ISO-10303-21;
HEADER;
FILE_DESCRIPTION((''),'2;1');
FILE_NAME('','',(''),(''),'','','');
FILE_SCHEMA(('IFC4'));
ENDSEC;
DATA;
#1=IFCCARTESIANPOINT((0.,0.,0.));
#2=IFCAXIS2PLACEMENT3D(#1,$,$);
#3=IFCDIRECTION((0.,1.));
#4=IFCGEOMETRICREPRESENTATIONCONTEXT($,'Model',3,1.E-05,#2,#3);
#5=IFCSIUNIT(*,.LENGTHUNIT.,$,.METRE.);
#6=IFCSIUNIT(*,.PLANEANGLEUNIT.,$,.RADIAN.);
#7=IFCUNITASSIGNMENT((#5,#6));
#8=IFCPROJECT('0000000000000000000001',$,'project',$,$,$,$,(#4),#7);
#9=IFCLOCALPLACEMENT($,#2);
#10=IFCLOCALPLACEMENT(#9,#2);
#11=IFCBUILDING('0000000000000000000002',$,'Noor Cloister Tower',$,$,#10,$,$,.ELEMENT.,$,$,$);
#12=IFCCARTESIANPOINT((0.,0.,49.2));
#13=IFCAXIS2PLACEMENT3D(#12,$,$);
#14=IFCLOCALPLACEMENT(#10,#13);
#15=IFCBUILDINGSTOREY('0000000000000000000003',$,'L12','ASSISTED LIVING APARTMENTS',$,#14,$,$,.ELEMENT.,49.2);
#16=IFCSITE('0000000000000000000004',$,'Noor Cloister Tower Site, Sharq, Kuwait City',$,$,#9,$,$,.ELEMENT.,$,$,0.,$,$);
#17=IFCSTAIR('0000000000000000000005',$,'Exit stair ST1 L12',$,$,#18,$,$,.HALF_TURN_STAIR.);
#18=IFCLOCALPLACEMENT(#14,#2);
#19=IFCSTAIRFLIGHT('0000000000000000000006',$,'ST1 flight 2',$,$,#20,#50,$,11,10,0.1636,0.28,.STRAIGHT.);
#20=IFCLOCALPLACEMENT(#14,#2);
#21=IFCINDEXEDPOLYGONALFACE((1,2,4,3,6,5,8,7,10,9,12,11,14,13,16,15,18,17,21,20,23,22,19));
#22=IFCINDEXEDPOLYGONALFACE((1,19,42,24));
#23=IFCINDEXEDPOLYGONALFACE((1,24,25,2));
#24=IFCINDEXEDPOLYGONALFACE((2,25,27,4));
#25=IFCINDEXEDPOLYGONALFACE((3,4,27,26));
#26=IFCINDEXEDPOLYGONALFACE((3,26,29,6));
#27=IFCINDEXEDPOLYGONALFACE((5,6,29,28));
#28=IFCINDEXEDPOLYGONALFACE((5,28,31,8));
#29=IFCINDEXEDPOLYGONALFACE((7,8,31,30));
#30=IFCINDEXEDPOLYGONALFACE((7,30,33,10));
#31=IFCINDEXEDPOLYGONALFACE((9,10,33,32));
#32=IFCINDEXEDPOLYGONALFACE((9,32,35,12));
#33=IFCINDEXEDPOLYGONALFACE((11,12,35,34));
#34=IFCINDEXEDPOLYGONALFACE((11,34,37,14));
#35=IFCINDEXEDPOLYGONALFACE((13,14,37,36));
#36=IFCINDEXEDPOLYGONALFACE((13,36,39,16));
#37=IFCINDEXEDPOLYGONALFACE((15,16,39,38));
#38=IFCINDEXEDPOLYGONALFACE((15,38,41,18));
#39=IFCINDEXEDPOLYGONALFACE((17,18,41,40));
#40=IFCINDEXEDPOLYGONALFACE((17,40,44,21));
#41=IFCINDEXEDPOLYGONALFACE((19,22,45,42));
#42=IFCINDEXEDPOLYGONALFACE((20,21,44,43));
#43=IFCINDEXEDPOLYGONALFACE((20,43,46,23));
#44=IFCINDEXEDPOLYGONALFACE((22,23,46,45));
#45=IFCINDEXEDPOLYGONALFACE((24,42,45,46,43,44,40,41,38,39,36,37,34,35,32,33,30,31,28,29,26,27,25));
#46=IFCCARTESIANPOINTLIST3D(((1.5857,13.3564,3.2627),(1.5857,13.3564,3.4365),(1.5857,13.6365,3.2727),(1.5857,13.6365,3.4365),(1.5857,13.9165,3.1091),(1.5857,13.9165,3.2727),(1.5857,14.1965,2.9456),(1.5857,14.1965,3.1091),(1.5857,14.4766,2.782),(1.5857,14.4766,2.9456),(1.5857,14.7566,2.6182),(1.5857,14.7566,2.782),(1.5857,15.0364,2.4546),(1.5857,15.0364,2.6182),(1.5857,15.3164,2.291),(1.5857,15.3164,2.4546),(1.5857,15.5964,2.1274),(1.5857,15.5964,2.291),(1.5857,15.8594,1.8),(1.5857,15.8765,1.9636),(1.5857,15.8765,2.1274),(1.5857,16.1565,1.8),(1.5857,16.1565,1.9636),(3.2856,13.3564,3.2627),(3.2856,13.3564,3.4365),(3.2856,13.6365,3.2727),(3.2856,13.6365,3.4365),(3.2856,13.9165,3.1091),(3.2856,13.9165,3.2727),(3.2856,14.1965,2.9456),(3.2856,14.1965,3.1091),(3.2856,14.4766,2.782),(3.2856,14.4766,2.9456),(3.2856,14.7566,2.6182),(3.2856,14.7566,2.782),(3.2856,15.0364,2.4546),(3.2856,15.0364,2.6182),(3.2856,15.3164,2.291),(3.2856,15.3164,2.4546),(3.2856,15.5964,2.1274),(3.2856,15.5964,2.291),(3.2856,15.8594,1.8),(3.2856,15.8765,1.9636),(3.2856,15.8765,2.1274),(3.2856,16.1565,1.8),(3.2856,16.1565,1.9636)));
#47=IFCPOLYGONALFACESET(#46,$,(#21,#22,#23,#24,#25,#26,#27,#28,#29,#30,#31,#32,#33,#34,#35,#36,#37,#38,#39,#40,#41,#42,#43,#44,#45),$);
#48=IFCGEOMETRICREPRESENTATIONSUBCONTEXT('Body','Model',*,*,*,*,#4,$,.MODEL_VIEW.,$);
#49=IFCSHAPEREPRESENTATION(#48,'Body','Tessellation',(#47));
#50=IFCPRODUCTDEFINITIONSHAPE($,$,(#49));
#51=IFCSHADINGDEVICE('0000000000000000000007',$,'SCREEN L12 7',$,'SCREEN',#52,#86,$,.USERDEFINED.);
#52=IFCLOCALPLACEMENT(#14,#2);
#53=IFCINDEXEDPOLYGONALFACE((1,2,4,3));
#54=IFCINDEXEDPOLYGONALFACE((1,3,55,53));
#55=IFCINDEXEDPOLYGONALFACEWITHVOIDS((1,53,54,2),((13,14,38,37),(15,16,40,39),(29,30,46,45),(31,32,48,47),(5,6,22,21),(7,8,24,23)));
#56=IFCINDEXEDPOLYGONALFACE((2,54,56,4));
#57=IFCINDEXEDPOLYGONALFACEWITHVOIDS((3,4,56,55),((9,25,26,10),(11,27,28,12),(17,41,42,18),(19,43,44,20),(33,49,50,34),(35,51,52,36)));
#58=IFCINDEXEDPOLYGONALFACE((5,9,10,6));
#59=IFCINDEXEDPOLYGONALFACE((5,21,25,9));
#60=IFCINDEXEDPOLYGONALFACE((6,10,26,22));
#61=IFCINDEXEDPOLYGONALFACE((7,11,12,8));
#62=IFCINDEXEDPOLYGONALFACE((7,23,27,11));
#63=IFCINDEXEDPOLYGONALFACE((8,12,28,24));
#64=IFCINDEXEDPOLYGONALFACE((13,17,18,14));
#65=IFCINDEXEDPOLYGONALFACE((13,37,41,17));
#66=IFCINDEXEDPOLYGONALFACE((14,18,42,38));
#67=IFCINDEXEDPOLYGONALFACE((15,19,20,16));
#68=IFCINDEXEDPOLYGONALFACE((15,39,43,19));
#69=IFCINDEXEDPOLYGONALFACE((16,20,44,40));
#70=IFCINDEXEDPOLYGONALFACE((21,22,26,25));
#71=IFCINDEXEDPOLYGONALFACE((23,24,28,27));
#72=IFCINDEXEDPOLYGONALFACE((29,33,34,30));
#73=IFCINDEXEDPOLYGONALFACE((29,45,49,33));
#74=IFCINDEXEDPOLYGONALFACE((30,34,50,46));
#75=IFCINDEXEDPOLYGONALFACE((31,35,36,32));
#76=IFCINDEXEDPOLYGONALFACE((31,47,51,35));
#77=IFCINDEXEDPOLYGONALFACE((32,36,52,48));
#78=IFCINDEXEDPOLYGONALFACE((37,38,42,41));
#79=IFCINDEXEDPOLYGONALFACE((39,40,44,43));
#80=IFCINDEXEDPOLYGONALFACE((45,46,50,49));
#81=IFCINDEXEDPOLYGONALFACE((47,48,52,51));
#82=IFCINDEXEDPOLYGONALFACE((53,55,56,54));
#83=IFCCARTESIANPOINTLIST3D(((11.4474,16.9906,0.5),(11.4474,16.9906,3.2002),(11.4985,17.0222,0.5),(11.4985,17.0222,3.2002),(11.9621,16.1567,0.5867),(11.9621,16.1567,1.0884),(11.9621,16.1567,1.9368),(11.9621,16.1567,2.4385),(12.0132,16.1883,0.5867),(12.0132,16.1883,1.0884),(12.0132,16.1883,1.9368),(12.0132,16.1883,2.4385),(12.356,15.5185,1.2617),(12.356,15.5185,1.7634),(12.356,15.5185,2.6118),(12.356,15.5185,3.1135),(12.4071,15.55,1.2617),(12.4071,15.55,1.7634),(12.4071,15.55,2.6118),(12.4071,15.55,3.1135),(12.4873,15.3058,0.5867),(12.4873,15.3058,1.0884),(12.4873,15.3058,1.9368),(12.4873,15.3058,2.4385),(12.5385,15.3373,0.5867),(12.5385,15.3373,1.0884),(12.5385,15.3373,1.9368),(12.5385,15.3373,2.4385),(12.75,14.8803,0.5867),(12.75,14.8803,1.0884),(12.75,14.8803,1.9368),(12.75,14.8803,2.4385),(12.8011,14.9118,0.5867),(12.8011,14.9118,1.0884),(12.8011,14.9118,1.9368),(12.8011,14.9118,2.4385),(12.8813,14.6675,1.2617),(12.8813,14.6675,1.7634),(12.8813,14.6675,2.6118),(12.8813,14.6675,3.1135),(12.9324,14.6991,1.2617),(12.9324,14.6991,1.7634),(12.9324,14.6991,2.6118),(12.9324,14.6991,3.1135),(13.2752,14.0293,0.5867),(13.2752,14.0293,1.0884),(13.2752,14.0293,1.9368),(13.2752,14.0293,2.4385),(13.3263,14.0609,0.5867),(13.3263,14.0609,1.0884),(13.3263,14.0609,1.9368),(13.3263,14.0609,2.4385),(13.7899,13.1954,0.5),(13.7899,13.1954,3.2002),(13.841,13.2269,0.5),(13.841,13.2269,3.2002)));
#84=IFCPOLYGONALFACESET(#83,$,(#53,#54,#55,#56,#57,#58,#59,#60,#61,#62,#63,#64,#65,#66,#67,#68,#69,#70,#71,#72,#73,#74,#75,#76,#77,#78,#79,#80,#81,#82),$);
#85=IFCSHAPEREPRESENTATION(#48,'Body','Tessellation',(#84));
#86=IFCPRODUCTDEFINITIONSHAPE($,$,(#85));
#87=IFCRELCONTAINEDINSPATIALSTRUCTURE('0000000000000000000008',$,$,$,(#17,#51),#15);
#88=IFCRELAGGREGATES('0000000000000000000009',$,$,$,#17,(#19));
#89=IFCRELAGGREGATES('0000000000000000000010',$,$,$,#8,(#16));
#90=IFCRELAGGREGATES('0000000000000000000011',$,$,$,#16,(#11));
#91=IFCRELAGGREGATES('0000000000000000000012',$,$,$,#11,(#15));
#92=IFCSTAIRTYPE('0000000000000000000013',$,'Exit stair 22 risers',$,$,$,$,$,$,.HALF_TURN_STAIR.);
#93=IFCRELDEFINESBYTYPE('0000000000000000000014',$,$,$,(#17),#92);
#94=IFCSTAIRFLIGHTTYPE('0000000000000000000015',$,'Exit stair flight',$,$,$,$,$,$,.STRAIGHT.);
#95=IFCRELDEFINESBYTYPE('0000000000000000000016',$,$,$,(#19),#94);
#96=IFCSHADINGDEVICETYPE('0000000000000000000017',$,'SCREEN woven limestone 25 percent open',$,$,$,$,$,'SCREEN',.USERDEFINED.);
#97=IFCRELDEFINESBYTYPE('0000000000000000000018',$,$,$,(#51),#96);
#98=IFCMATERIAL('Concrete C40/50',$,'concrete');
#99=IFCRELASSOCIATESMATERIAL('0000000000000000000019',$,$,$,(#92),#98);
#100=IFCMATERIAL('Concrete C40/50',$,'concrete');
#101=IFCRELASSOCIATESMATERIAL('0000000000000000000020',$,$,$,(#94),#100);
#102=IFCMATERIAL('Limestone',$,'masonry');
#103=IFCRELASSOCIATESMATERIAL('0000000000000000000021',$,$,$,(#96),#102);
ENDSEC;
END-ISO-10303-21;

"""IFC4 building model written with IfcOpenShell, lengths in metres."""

from ifc_helpers import new_model, si_unit, direction, frame, origin, place, context, subcontext, project, spatial, polyline, outline, extrude, material, material_profile, profile_set, type_object, element, aggregate, save


model = new_model("IFC4")

# Units and contexts
model_context = context("Model", 3, precision=1e-05, world=origin(), true_north=direction((0.0, 1.0)))
body_context = subcontext(model_context, "Body", "Model", "MODEL_VIEW")
ifc_project = project(units=[si_unit("LENGTHUNIT", "METRE"), si_unit("PLANEANGLEUNIT", "RADIAN")], contexts=[model_context])

# Site, building, storey
site_placement = place(None, origin())
site = spatial("IfcSite", under=ifc_project, at=site_placement, Name="Noor Cloister Tower Site, Sharq, Kuwait City", CompositionType="ELEMENT", RefElevation=0.0)
building_placement = place(site_placement, origin())
building = spatial("IfcBuilding", under=site, at=building_placement, Name="Noor Cloister Tower", CompositionType="ELEMENT")
storey_placement = place(building_placement, frame((0.0, 0.0, 49.2)))
storey = spatial("IfcBuildingStorey", under=building, at=storey_placement, Name="L12", Description="ASSISTED LIVING APARTMENTS", CompositionType="ELEMENT", Elevation=49.2)

# Stair, stair flight
ifc_material_1 = material(Name="Concrete C40/50", Category="concrete")
stair_type = type_object("IfcStairType", Name="Exit stair 22 risers", PredefinedType="HALF_TURN_STAIR", material=ifc_material_1)
stair_placement = place(storey_placement, origin())
stair = element("IfcStair", 1, at=stair_placement, inside=storey, type_object=stair_type, Name="Exit stair ST1 L12", PredefinedType="HALF_TURN_STAIR")
ifc_material_2 = material(Name="Concrete C40/50", Category="concrete")
stair_flight_type = type_object("IfcStairFlightType", Name="Exit stair flight", PredefinedType="STRAIGHT", material=ifc_material_2)
stair_flight_1_placement = place(storey_placement, frame((2.4355, 16.1565, 1.8), z_axis=(0.0, 0.0, 1.0), x_axis=(0.0, -1.0, 0.0)))
stair_flight_1 = element("IfcStairFlight", 2, at=stair_flight_1_placement, type_object=stair_flight_type, Name="ST1 flight 2", NumberOfRisers=11, NumberOfTreads=10, PredefinedType="STRAIGHT", RiserHeight=0.1636, TreadLength=0.28, context=body_context, shape_type="SweptSolid", body=[
    extrude(outline(polyline([(0.0, 0.0), (0.0, 0.1636), (0.28, 0.1636), (0.28, 0.3274), (0.5601, 0.3274), (0.5601, 0.491), (0.8401, 0.491), (0.8401, 0.6545), (1.1201, 0.6545), (1.1201, 0.8181), (1.3999, 0.8181), (1.3999, 0.9819), (1.6799, 0.9819), (1.6799, 1.1455), (1.96, 1.1455), (1.96, 1.3091), (2.24, 1.3091), (2.24, 1.4727), (2.52, 1.4727), (2.52, 1.6365), (2.8, 1.6365), (2.8, 1.8), (2.8, 1.4626), (0.2971, 0.0), (0.0, 0.0)])), frame((0.0, 0.8501, 0.0), z_axis=(0.0, -1.0, 0.0), x_axis=(1.0, 0.0, 0.0)), (0.0, 0.0, 1.0), 1.7),
])
aggregate(stair, [stair_flight_1])

# Shading device
ifc_material_3 = material(Name="Limestone", Category="masonry")
ifc_material_profile_1 = material_profile(ifc_material_3, outline(polyline([(-2.23, -1.3501), (2.23, -1.3501), (2.23, 1.3501), (-2.23, 1.3501), (-2.23, -1.3501)]), holes=[polyline([(-1.25, -1.2634), (-0.25, -1.2634), (-0.25, -0.7617), (-1.25, -0.7617), (-1.25, -1.2634)]), polyline([(0.25, -1.2634), (1.25, -1.2634), (1.25, -0.7617), (0.25, -0.7617), (0.25, -1.2634)]), polyline([(-0.5, -0.5884), (0.5, -0.5884), (0.5, -0.0867), (-0.5, -0.0867), (-0.5, -0.5884)]), polyline([(-1.25, 0.0867), (-0.25, 0.0867), (-0.25, 0.5884), (-1.25, 0.5884), (-1.25, 0.0867)]), polyline([(0.25, 0.0867), (1.25, 0.0867), (1.25, 0.5884), (0.25, 0.5884), (0.25, 0.0867)]), polyline([(-0.5, 0.7617), (0.5, 0.7617), (0.5, 1.2634), (-0.5, 1.2634), (-0.5, 0.7617)])]), Name="Woven screen 25 percent open")
ifc_profile_set_1 = profile_set([ifc_material_profile_1], Name="Limestone")
shading_device_type = type_object("IfcShadingDeviceType", Name="SCREEN woven limestone 25 percent open", ElementType="SCREEN", PredefinedType="USERDEFINED", material=ifc_profile_set_1)
shading_device_placement = place(storey_placement, frame((12.6187, 15.093, 1.8501), z_axis=(0.850959, 0.525233, 0.0), x_axis=(-0.525233, 0.850959, 0.0)))
element("IfcShadingDevice", 3, at=shading_device_placement, inside=storey, type_object=shading_device_type, Name="SCREEN L12 7", ObjectType="SCREEN", PredefinedType="USERDEFINED", context=body_context, shape_type="SweptSolid", body=[
    extrude(outline(polyline([(-2.23, -1.3501), (2.23, -1.3501), (2.23, 1.3501), (-2.23, 1.3501), (-2.23, -1.3501)]), holes=[polyline([(-1.25, -1.2634), (-0.25, -1.2634), (-0.25, -0.7617), (-1.25, -0.7617), (-1.25, -1.2634)]), polyline([(0.25, -1.2634), (1.25, -1.2634), (1.25, -0.7617), (0.25, -0.7617), (0.25, -1.2634)]), polyline([(-0.5, -0.5884), (0.5, -0.5884), (0.5, -0.0867), (-0.5, -0.0867), (-0.5, -0.5884)]), polyline([(-1.25, 0.0867), (-0.25, 0.0867), (-0.25, 0.5884), (-1.25, 0.5884), (-1.25, 0.0867)]), polyline([(0.25, 0.0867), (1.25, 0.0867), (1.25, 0.5884), (0.25, 0.5884), (0.25, 0.0867)]), polyline([(-0.5, 0.7617), (0.5, 0.7617), (0.5, 1.2634), (-0.5, 1.2634), (-0.5, 0.7617)])]), origin(), (0.0, 0.0, 1.0), 0.0601),
])

save(model, "model.ifc")
